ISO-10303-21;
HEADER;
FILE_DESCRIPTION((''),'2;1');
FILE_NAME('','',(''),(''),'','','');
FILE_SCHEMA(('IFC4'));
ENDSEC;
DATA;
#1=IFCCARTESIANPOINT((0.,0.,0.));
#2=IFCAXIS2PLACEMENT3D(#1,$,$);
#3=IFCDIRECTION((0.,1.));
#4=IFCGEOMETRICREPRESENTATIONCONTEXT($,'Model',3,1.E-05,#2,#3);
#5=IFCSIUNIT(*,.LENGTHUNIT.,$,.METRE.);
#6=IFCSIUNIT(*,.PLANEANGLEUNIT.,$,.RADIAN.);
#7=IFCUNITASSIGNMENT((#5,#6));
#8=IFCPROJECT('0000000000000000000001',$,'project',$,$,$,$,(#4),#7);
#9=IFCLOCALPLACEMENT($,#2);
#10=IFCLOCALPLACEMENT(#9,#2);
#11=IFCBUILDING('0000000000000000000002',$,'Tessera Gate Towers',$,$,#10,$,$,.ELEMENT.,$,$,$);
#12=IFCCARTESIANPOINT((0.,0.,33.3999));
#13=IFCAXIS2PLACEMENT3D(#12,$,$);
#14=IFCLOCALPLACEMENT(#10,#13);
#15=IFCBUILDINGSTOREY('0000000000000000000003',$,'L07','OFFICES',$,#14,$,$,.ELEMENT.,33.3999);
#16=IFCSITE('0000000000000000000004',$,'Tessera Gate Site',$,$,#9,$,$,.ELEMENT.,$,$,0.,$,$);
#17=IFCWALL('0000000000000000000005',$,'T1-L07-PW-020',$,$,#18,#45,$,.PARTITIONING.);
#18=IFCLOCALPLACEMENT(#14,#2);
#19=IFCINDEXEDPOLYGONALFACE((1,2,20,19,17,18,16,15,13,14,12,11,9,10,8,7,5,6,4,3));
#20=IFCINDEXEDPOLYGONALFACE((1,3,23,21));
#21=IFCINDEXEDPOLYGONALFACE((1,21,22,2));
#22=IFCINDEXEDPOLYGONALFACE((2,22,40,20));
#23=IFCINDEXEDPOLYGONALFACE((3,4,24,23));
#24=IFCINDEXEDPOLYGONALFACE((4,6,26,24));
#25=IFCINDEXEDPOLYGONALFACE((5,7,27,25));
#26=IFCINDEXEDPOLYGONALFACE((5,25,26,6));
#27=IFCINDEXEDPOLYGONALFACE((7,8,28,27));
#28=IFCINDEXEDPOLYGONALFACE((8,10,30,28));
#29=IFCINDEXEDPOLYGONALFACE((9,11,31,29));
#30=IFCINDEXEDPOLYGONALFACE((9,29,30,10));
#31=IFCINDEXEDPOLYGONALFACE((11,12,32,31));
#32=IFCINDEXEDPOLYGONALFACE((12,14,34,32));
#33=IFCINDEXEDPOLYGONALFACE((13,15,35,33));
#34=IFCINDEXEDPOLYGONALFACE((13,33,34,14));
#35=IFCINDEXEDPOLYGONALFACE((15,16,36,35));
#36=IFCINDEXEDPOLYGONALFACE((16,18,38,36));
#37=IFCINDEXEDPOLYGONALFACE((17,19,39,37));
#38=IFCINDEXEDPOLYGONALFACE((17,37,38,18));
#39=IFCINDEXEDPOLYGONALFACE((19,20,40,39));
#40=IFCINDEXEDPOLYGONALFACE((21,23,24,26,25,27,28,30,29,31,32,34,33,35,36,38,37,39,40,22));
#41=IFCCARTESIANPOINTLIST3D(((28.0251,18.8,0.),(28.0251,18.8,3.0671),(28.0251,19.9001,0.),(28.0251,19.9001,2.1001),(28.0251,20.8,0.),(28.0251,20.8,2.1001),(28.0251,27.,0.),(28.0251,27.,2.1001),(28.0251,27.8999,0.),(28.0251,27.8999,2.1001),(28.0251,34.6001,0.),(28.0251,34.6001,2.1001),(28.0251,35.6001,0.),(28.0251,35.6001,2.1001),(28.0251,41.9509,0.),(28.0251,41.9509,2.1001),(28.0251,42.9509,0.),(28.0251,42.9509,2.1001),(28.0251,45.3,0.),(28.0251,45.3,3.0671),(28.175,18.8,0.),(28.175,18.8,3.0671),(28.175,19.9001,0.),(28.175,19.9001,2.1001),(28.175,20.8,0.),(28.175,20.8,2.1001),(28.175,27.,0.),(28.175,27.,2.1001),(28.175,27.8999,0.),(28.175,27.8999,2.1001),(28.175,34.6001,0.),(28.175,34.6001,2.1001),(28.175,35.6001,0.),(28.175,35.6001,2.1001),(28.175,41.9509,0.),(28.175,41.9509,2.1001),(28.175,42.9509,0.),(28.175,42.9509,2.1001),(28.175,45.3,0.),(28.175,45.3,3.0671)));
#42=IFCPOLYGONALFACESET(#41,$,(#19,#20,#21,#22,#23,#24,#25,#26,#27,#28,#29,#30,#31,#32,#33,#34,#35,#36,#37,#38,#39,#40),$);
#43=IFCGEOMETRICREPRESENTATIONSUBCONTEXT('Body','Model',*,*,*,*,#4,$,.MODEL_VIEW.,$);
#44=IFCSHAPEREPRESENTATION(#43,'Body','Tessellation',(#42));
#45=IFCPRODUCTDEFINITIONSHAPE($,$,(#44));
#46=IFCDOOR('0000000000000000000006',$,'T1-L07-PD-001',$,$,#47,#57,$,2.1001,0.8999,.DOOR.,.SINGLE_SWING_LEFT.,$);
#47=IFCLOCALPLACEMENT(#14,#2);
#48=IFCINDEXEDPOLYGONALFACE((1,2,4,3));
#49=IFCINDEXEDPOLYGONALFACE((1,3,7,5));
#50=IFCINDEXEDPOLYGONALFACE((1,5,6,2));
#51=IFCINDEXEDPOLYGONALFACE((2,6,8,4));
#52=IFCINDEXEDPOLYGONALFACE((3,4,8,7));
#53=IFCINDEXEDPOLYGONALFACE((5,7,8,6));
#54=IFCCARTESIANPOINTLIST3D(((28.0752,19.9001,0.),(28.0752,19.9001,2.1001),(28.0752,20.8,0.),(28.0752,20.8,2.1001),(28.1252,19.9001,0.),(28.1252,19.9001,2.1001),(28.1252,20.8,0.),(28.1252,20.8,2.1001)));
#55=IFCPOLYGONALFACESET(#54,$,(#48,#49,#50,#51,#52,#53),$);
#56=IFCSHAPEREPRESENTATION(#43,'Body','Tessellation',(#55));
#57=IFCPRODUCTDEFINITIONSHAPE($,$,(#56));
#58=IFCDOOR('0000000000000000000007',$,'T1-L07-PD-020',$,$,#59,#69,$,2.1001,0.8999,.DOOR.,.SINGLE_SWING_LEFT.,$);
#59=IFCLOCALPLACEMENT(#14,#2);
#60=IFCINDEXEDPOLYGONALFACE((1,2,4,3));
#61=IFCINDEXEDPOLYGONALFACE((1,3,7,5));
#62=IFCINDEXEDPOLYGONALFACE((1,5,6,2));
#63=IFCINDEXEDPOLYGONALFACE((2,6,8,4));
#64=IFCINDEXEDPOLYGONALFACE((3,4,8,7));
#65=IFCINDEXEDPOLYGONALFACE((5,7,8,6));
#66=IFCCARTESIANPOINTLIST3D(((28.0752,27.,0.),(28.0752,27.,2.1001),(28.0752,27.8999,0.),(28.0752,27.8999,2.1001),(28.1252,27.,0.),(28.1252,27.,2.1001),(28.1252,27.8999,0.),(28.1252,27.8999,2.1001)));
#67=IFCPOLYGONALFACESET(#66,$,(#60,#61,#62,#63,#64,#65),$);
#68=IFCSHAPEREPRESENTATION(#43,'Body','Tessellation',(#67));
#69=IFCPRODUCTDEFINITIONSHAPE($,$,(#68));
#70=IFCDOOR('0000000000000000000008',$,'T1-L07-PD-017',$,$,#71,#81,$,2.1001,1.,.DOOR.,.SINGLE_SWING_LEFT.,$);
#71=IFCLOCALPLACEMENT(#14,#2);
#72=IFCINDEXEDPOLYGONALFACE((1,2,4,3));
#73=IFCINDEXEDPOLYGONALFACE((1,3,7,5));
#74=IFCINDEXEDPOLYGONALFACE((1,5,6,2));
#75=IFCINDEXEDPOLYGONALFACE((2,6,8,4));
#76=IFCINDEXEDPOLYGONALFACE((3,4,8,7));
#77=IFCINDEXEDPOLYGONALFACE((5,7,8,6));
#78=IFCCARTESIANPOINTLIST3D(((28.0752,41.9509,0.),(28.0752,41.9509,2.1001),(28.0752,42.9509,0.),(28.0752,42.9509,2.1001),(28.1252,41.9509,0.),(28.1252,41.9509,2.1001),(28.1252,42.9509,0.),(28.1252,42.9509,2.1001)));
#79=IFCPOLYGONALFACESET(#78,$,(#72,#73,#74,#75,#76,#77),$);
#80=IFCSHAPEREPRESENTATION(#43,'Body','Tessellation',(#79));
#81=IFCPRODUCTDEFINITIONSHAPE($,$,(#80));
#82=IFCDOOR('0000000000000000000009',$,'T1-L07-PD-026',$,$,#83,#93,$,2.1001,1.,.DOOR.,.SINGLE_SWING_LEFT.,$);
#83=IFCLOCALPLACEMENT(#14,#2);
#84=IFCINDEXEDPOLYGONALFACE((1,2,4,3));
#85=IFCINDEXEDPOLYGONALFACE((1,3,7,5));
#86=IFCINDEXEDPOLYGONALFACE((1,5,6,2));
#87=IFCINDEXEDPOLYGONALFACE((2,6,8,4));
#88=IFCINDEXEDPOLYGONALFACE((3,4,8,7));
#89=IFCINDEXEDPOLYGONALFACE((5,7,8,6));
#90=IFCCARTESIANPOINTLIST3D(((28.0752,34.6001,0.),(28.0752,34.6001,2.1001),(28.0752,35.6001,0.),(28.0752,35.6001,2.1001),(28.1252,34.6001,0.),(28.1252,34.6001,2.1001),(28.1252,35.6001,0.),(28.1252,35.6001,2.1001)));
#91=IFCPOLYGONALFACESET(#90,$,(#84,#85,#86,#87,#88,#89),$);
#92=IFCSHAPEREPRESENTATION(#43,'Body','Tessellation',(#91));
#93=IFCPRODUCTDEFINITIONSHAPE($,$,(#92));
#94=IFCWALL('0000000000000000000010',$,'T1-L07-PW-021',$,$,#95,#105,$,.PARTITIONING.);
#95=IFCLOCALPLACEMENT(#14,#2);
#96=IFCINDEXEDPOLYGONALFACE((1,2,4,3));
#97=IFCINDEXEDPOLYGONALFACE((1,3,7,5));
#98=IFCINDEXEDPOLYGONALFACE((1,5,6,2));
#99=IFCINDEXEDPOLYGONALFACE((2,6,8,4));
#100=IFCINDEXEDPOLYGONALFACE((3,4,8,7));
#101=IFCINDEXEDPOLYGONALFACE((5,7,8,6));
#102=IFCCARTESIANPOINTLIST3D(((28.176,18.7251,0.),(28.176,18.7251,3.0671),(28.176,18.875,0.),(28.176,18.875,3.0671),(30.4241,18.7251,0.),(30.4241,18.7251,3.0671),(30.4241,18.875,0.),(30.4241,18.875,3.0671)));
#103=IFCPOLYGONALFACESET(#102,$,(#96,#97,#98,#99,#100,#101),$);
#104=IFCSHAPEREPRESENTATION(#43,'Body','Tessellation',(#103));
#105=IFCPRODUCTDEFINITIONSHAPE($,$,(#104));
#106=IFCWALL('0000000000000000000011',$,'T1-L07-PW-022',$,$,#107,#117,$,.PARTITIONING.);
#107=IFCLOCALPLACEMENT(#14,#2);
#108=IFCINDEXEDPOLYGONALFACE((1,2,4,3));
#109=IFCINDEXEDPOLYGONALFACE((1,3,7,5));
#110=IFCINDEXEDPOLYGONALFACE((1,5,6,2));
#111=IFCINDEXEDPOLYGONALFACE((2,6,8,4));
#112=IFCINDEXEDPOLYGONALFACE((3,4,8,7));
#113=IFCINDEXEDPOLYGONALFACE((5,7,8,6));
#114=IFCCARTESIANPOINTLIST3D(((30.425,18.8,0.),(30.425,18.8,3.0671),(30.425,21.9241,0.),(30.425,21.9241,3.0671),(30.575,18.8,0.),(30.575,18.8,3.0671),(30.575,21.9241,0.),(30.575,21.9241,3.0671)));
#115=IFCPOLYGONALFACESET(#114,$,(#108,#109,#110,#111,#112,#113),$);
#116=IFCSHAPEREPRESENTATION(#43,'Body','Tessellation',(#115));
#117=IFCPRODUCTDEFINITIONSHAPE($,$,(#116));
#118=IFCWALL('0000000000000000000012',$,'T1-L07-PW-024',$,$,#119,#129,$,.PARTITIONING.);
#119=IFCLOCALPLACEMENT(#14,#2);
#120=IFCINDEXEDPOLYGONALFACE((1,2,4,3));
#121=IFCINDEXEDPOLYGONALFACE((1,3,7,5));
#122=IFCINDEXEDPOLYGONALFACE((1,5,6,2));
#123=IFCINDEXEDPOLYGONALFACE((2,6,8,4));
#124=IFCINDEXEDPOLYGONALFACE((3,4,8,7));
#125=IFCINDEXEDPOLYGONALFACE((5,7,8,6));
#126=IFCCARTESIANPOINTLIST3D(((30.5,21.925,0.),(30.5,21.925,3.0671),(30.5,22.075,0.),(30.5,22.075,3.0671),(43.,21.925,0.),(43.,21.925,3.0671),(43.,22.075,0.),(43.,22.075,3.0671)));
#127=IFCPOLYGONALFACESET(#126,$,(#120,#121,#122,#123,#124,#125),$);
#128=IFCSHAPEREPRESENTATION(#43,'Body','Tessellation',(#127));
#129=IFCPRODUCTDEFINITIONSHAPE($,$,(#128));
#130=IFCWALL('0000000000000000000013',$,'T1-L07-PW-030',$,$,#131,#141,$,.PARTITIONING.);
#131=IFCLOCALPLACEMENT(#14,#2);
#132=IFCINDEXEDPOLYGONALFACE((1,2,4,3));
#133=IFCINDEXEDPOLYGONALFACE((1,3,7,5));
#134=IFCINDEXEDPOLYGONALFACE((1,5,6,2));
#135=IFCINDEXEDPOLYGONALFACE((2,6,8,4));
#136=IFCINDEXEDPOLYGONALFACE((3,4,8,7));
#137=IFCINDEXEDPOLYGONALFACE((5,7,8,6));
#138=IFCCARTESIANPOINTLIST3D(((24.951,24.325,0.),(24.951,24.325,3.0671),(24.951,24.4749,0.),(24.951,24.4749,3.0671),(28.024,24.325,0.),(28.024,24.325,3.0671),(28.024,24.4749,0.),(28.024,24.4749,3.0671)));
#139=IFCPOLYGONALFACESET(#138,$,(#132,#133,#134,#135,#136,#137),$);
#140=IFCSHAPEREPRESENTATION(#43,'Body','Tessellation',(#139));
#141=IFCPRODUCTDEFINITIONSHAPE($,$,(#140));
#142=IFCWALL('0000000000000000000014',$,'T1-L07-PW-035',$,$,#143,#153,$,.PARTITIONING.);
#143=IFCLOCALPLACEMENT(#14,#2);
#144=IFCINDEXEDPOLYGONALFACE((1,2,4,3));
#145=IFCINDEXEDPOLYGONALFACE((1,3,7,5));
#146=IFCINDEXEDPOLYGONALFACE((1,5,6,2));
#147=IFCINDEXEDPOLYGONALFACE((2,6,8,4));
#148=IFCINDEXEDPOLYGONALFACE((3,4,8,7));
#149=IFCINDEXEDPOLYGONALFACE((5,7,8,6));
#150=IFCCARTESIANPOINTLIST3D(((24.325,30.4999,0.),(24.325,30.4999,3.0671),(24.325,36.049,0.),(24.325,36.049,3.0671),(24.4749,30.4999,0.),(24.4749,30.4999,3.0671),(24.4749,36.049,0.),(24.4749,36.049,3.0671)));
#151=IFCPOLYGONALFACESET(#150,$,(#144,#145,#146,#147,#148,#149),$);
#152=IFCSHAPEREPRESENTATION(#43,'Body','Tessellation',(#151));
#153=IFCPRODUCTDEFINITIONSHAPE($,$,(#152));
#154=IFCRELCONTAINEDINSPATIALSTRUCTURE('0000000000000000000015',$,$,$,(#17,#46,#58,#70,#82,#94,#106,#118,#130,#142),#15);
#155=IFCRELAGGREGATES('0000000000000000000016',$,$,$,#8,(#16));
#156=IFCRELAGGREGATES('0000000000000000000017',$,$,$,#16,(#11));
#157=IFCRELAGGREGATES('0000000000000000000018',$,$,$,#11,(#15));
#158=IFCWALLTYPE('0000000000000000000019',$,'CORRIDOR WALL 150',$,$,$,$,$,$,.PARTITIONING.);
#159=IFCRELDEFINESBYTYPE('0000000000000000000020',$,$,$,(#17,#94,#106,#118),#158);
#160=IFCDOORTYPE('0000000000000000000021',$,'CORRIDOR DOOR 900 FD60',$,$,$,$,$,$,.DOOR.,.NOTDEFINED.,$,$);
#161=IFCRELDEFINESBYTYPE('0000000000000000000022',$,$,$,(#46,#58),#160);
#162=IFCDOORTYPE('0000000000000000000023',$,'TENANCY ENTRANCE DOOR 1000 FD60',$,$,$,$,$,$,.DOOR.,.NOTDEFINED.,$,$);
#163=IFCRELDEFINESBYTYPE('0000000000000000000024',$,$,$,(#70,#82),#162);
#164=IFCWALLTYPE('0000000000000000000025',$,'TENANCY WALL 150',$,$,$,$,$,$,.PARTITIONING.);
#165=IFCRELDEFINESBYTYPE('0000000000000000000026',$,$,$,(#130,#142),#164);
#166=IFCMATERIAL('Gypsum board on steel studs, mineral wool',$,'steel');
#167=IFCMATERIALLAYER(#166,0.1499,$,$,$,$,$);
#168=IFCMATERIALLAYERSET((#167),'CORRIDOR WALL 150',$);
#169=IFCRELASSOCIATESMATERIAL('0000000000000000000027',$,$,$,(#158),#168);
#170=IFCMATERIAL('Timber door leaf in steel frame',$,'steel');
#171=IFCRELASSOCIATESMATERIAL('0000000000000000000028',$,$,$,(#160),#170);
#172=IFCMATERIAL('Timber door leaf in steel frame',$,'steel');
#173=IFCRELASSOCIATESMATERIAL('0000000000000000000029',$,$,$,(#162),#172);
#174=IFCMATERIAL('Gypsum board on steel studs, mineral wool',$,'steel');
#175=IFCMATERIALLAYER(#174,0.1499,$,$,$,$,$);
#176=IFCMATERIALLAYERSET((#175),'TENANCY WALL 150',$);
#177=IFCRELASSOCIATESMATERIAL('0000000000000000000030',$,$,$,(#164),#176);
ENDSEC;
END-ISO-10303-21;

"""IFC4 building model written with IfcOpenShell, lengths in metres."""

from ifc_helpers import new_model, si_unit, direction, frame, frame_2d, origin, place, context, subcontext, project, spatial, rectangle, extrude, source, transform, mapped, material, layer, layer_set, type_object, element, fill, save


model = new_model("IFC4")

# Units and contexts
model_context = context("Model", 3, precision=1e-05, world=origin(), true_north=direction((0.0, 1.0)))
body_context = subcontext(model_context, "Body", "Model", "MODEL_VIEW")
ifc_project = project(units=[si_unit("LENGTHUNIT", "METRE"), si_unit("PLANEANGLEUNIT", "RADIAN")], contexts=[model_context])

# Site, building, storey
site_placement = place(None, origin())
site = spatial("IfcSite", under=ifc_project, at=site_placement, Name="Tessera Gate Site", CompositionType="ELEMENT", RefElevation=0.0)
building_placement = place(site_placement, origin())
building = spatial("IfcBuilding", under=site, at=building_placement, Name="Tessera Gate Towers", CompositionType="ELEMENT")
storey_placement = place(building_placement, frame((0.0, 0.0, 33.3999)))
storey = spatial("IfcBuildingStorey", under=building, at=storey_placement, Name="L07", Description="OFFICES", CompositionType="ELEMENT", Elevation=33.3999)

# Wall, openings, doors
ifc_material_1 = material(Name="Gypsum board on steel studs, mineral wool", Category="steel")
ifc_layer_1 = layer(ifc_material_1, 0.1499)
ifc_layer_set_1 = layer_set([ifc_layer_1], Name="CORRIDOR WALL 150")
wall_type_1 = type_object("IfcWallType", Name="CORRIDOR WALL 150", PredefinedType="PARTITIONING", material=ifc_layer_set_1)
wall_1_placement = place(storey_placement, frame((28.1001, 18.8, 0.0), z_axis=(0.0, 0.0, 1.0), x_axis=(0.0, 1.0, 0.0)))
wall_1 = element("IfcWall", 1, at=wall_1_placement, inside=storey, type_object=wall_type_1, Name="T1-L07-PW-020", PredefinedType="PARTITIONING", context=body_context, shape_type="SweptSolid", body=[
    extrude(rectangle(XDim=26.5, YDim=0.1499, at=frame_2d((13.25, 0.0))), origin(), (0.0, 0.0, 1.0), 3.0671),
])
shared_shape_1 = source(origin(), body_context, "Body", "SweptSolid", [
    extrude(rectangle(XDim=0.8999, YDim=2.1001, at=frame_2d((0.45, 1.05))), frame((0.0, 0.085, 0.0), z_axis=(0.0, -1.0, 0.0), x_axis=(1.0, 0.0, 0.0)), (0.0, 0.0, 1.0), 0.1699),
])
opening_1_placement = place(wall_1_placement, frame((1.1001, 0.0, 0.0)))
opening_1 = element("IfcOpeningElement", 2, at=opening_1_placement, cuts=wall_1, PredefinedType="OPENING", context=body_context, shape_type="MappedRepresentation", body=[
    mapped(shared_shape_1, transform((0.0, 0.0, 0.0), scale=1.0)),
])
shared_shape_2 = source(origin(), body_context, "Body", "SweptSolid", [
    extrude(rectangle(XDim=1.0, YDim=2.1001, at=frame_2d((0.5, 1.05))), frame((0.0, 0.085, 0.0), z_axis=(0.0, -1.0, 0.0), x_axis=(1.0, 0.0, 0.0)), (0.0, 0.0, 1.0), 0.1699),
])
opening_2_placement = place(wall_1_placement, frame((23.1509, 0.0, 0.0)))
opening_2 = element("IfcOpeningElement", 3, at=opening_2_placement, cuts=wall_1, PredefinedType="OPENING", context=body_context, shape_type="MappedRepresentation", body=[
    mapped(shared_shape_2, transform((0.0, 0.0, 0.0), scale=1.0)),
])
opening_3_placement = place(wall_1_placement, frame((8.2, 0.0, 0.0)))
opening_3 = element("IfcOpeningElement", 4, at=opening_3_placement, cuts=wall_1, PredefinedType="OPENING", context=body_context, shape_type="MappedRepresentation", body=[
    mapped(shared_shape_1, transform((0.0, 0.0, 0.0), scale=1.0)),
])
opening_4_placement = place(wall_1_placement, frame((15.8, 0.0, 0.0)))
opening_4 = element("IfcOpeningElement", 5, at=opening_4_placement, cuts=wall_1, PredefinedType="OPENING", context=body_context, shape_type="MappedRepresentation", body=[
    mapped(shared_shape_2, transform((0.0, 0.0, 0.0), scale=1.0)),
])
ifc_material_2 = material(Name="Timber door leaf in steel frame", Category="steel")
door_type_1 = type_object("IfcDoorType", Name="CORRIDOR DOOR 900 FD60", OperationType="NOTDEFINED", PredefinedType="DOOR", material=ifc_material_2)
shared_shape_3 = source(origin(), body_context, "Body", "SweptSolid", [
    extrude(rectangle(XDim=0.8999, YDim=2.1001, at=frame_2d((0.45, 1.05))), frame((0.0, 0.0249, 0.0), z_axis=(0.0, -1.0, 0.0), x_axis=(1.0, 0.0, 0.0)), (0.0, 0.0, 1.0), 0.05),
])
door_1_placement = place(opening_1_placement, origin())
door_1 = element("IfcDoor", 6, at=door_1_placement, inside=storey, type_object=door_type_1, Name="T1-L07-PD-001", OperationType="SINGLE_SWING_LEFT", OverallHeight=2.1001, OverallWidth=0.8999, PredefinedType="DOOR", context=body_context, shape_type="MappedRepresentation", body=[
    mapped(shared_shape_3, transform((0.0, 0.0, 0.0), scale=1.0)),
])
fill(opening_1, door_1)
door_2_placement = place(opening_3_placement, origin())
door_2 = element("IfcDoor", 7, at=door_2_placement, inside=storey, type_object=door_type_1, Name="T1-L07-PD-020", OperationType="SINGLE_SWING_LEFT", OverallHeight=2.1001, OverallWidth=0.8999, PredefinedType="DOOR", context=body_context, shape_type="MappedRepresentation", body=[
    mapped(shared_shape_3, transform((0.0, 0.0, 0.0), scale=1.0)),
])
fill(opening_3, door_2)
ifc_material_3 = material(Name="Timber door leaf in steel frame", Category="steel")
door_type_2 = type_object("IfcDoorType", Name="TENANCY ENTRANCE DOOR 1000 FD60", OperationType="NOTDEFINED", PredefinedType="DOOR", material=ifc_material_3)
shared_shape_4 = source(origin(), body_context, "Body", "SweptSolid", [
    extrude(rectangle(XDim=1.0, YDim=2.1001, at=frame_2d((0.5, 1.05))), frame((0.0, 0.0249, 0.0), z_axis=(0.0, -1.0, 0.0), x_axis=(1.0, 0.0, 0.0)), (0.0, 0.0, 1.0), 0.05),
])
door_3_placement = place(opening_2_placement, origin())
door_3 = element("IfcDoor", 8, at=door_3_placement, inside=storey, type_object=door_type_2, Name="T1-L07-PD-017", OperationType="SINGLE_SWING_LEFT", OverallHeight=2.1001, OverallWidth=1.0, PredefinedType="DOOR", context=body_context, shape_type="MappedRepresentation", body=[
    mapped(shared_shape_4, transform((0.0, 0.0, 0.0), scale=1.0)),
])
fill(opening_2, door_3)
door_4_placement = place(opening_4_placement, origin())
door_4 = element("IfcDoor", 9, at=door_4_placement, inside=storey, type_object=door_type_2, Name="T1-L07-PD-026", OperationType="SINGLE_SWING_LEFT", OverallHeight=2.1001, OverallWidth=1.0, PredefinedType="DOOR", context=body_context, shape_type="MappedRepresentation", body=[
    mapped(shared_shape_4, transform((0.0, 0.0, 0.0), scale=1.0)),
])
fill(opening_4, door_4)

# Walls
wall_2_placement = place(storey_placement, frame((28.176, 18.8, 0.0), z_axis=(0.0, 0.0, 1.0), x_axis=(1.0, 0.0, 0.0)))
element("IfcWall", 10, at=wall_2_placement, inside=storey, type_object=wall_type_1, Name="T1-L07-PW-021", PredefinedType="PARTITIONING", context=body_context, shape_type="SweptSolid", body=[
    extrude(rectangle(XDim=2.248, YDim=0.1499, at=frame_2d((1.124, 0.0))), origin(), (0.0, 0.0, 1.0), 3.0671),
])
wall_3_placement = place(storey_placement, frame((30.5, 18.8, 0.0), z_axis=(0.0, 0.0, 1.0), x_axis=(0.0, 1.0, 0.0)))
element("IfcWall", 11, at=wall_3_placement, inside=storey, type_object=wall_type_1, Name="T1-L07-PW-022", PredefinedType="PARTITIONING", context=body_context, shape_type="SweptSolid", body=[
    extrude(rectangle(XDim=3.124, YDim=0.1499, at=frame_2d((1.562, 0.0))), origin(), (0.0, 0.0, 1.0), 3.0671),
])
wall_4_placement = place(storey_placement, frame((30.5, 22.0, 0.0), z_axis=(0.0, 0.0, 1.0), x_axis=(1.0, 0.0, 0.0)))
element("IfcWall", 12, at=wall_4_placement, inside=storey, type_object=wall_type_1, Name="T1-L07-PW-024", PredefinedType="PARTITIONING", context=body_context, shape_type="SweptSolid", body=[
    extrude(rectangle(XDim=12.5, YDim=0.1499, at=frame_2d((6.25, 0.0))), origin(), (0.0, 0.0, 1.0), 3.0671),
])
ifc_material_4 = material(Name="Gypsum board on steel studs, mineral wool", Category="steel")
ifc_layer_2 = layer(ifc_material_4, 0.1499)
ifc_layer_set_2 = layer_set([ifc_layer_2], Name="TENANCY WALL 150")
wall_type_2 = type_object("IfcWallType", Name="TENANCY WALL 150", PredefinedType="PARTITIONING", material=ifc_layer_set_2)
wall_5_placement = place(storey_placement, frame((24.9509, 24.3999, 0.0), z_axis=(0.0, 0.0, 1.0), x_axis=(1.0, 0.0, 0.0)))
element("IfcWall", 13, at=wall_5_placement, inside=storey, type_object=wall_type_2, Name="T1-L07-PW-030", PredefinedType="PARTITIONING", context=body_context, shape_type="SweptSolid", body=[
    extrude(rectangle(XDim=3.073, YDim=0.1499, at=frame_2d((1.5366, 0.0))), origin(), (0.0, 0.0, 1.0), 3.0671),
])
wall_6_placement = place(storey_placement, frame((24.3999, 30.5, 0.0), z_axis=(0.0, 0.0, 1.0), x_axis=(0.0, 1.0, 0.0)))
element("IfcWall", 14, at=wall_6_placement, inside=storey, type_object=wall_type_2, Name="T1-L07-PW-035", PredefinedType="PARTITIONING", context=body_context, shape_type="SweptSolid", body=[
    extrude(rectangle(XDim=5.5491, YDim=0.1499, at=frame_2d((2.7744, 0.0))), origin(), (0.0, 0.0, 1.0), 3.0671),
])

save(model, "model.ifc")
